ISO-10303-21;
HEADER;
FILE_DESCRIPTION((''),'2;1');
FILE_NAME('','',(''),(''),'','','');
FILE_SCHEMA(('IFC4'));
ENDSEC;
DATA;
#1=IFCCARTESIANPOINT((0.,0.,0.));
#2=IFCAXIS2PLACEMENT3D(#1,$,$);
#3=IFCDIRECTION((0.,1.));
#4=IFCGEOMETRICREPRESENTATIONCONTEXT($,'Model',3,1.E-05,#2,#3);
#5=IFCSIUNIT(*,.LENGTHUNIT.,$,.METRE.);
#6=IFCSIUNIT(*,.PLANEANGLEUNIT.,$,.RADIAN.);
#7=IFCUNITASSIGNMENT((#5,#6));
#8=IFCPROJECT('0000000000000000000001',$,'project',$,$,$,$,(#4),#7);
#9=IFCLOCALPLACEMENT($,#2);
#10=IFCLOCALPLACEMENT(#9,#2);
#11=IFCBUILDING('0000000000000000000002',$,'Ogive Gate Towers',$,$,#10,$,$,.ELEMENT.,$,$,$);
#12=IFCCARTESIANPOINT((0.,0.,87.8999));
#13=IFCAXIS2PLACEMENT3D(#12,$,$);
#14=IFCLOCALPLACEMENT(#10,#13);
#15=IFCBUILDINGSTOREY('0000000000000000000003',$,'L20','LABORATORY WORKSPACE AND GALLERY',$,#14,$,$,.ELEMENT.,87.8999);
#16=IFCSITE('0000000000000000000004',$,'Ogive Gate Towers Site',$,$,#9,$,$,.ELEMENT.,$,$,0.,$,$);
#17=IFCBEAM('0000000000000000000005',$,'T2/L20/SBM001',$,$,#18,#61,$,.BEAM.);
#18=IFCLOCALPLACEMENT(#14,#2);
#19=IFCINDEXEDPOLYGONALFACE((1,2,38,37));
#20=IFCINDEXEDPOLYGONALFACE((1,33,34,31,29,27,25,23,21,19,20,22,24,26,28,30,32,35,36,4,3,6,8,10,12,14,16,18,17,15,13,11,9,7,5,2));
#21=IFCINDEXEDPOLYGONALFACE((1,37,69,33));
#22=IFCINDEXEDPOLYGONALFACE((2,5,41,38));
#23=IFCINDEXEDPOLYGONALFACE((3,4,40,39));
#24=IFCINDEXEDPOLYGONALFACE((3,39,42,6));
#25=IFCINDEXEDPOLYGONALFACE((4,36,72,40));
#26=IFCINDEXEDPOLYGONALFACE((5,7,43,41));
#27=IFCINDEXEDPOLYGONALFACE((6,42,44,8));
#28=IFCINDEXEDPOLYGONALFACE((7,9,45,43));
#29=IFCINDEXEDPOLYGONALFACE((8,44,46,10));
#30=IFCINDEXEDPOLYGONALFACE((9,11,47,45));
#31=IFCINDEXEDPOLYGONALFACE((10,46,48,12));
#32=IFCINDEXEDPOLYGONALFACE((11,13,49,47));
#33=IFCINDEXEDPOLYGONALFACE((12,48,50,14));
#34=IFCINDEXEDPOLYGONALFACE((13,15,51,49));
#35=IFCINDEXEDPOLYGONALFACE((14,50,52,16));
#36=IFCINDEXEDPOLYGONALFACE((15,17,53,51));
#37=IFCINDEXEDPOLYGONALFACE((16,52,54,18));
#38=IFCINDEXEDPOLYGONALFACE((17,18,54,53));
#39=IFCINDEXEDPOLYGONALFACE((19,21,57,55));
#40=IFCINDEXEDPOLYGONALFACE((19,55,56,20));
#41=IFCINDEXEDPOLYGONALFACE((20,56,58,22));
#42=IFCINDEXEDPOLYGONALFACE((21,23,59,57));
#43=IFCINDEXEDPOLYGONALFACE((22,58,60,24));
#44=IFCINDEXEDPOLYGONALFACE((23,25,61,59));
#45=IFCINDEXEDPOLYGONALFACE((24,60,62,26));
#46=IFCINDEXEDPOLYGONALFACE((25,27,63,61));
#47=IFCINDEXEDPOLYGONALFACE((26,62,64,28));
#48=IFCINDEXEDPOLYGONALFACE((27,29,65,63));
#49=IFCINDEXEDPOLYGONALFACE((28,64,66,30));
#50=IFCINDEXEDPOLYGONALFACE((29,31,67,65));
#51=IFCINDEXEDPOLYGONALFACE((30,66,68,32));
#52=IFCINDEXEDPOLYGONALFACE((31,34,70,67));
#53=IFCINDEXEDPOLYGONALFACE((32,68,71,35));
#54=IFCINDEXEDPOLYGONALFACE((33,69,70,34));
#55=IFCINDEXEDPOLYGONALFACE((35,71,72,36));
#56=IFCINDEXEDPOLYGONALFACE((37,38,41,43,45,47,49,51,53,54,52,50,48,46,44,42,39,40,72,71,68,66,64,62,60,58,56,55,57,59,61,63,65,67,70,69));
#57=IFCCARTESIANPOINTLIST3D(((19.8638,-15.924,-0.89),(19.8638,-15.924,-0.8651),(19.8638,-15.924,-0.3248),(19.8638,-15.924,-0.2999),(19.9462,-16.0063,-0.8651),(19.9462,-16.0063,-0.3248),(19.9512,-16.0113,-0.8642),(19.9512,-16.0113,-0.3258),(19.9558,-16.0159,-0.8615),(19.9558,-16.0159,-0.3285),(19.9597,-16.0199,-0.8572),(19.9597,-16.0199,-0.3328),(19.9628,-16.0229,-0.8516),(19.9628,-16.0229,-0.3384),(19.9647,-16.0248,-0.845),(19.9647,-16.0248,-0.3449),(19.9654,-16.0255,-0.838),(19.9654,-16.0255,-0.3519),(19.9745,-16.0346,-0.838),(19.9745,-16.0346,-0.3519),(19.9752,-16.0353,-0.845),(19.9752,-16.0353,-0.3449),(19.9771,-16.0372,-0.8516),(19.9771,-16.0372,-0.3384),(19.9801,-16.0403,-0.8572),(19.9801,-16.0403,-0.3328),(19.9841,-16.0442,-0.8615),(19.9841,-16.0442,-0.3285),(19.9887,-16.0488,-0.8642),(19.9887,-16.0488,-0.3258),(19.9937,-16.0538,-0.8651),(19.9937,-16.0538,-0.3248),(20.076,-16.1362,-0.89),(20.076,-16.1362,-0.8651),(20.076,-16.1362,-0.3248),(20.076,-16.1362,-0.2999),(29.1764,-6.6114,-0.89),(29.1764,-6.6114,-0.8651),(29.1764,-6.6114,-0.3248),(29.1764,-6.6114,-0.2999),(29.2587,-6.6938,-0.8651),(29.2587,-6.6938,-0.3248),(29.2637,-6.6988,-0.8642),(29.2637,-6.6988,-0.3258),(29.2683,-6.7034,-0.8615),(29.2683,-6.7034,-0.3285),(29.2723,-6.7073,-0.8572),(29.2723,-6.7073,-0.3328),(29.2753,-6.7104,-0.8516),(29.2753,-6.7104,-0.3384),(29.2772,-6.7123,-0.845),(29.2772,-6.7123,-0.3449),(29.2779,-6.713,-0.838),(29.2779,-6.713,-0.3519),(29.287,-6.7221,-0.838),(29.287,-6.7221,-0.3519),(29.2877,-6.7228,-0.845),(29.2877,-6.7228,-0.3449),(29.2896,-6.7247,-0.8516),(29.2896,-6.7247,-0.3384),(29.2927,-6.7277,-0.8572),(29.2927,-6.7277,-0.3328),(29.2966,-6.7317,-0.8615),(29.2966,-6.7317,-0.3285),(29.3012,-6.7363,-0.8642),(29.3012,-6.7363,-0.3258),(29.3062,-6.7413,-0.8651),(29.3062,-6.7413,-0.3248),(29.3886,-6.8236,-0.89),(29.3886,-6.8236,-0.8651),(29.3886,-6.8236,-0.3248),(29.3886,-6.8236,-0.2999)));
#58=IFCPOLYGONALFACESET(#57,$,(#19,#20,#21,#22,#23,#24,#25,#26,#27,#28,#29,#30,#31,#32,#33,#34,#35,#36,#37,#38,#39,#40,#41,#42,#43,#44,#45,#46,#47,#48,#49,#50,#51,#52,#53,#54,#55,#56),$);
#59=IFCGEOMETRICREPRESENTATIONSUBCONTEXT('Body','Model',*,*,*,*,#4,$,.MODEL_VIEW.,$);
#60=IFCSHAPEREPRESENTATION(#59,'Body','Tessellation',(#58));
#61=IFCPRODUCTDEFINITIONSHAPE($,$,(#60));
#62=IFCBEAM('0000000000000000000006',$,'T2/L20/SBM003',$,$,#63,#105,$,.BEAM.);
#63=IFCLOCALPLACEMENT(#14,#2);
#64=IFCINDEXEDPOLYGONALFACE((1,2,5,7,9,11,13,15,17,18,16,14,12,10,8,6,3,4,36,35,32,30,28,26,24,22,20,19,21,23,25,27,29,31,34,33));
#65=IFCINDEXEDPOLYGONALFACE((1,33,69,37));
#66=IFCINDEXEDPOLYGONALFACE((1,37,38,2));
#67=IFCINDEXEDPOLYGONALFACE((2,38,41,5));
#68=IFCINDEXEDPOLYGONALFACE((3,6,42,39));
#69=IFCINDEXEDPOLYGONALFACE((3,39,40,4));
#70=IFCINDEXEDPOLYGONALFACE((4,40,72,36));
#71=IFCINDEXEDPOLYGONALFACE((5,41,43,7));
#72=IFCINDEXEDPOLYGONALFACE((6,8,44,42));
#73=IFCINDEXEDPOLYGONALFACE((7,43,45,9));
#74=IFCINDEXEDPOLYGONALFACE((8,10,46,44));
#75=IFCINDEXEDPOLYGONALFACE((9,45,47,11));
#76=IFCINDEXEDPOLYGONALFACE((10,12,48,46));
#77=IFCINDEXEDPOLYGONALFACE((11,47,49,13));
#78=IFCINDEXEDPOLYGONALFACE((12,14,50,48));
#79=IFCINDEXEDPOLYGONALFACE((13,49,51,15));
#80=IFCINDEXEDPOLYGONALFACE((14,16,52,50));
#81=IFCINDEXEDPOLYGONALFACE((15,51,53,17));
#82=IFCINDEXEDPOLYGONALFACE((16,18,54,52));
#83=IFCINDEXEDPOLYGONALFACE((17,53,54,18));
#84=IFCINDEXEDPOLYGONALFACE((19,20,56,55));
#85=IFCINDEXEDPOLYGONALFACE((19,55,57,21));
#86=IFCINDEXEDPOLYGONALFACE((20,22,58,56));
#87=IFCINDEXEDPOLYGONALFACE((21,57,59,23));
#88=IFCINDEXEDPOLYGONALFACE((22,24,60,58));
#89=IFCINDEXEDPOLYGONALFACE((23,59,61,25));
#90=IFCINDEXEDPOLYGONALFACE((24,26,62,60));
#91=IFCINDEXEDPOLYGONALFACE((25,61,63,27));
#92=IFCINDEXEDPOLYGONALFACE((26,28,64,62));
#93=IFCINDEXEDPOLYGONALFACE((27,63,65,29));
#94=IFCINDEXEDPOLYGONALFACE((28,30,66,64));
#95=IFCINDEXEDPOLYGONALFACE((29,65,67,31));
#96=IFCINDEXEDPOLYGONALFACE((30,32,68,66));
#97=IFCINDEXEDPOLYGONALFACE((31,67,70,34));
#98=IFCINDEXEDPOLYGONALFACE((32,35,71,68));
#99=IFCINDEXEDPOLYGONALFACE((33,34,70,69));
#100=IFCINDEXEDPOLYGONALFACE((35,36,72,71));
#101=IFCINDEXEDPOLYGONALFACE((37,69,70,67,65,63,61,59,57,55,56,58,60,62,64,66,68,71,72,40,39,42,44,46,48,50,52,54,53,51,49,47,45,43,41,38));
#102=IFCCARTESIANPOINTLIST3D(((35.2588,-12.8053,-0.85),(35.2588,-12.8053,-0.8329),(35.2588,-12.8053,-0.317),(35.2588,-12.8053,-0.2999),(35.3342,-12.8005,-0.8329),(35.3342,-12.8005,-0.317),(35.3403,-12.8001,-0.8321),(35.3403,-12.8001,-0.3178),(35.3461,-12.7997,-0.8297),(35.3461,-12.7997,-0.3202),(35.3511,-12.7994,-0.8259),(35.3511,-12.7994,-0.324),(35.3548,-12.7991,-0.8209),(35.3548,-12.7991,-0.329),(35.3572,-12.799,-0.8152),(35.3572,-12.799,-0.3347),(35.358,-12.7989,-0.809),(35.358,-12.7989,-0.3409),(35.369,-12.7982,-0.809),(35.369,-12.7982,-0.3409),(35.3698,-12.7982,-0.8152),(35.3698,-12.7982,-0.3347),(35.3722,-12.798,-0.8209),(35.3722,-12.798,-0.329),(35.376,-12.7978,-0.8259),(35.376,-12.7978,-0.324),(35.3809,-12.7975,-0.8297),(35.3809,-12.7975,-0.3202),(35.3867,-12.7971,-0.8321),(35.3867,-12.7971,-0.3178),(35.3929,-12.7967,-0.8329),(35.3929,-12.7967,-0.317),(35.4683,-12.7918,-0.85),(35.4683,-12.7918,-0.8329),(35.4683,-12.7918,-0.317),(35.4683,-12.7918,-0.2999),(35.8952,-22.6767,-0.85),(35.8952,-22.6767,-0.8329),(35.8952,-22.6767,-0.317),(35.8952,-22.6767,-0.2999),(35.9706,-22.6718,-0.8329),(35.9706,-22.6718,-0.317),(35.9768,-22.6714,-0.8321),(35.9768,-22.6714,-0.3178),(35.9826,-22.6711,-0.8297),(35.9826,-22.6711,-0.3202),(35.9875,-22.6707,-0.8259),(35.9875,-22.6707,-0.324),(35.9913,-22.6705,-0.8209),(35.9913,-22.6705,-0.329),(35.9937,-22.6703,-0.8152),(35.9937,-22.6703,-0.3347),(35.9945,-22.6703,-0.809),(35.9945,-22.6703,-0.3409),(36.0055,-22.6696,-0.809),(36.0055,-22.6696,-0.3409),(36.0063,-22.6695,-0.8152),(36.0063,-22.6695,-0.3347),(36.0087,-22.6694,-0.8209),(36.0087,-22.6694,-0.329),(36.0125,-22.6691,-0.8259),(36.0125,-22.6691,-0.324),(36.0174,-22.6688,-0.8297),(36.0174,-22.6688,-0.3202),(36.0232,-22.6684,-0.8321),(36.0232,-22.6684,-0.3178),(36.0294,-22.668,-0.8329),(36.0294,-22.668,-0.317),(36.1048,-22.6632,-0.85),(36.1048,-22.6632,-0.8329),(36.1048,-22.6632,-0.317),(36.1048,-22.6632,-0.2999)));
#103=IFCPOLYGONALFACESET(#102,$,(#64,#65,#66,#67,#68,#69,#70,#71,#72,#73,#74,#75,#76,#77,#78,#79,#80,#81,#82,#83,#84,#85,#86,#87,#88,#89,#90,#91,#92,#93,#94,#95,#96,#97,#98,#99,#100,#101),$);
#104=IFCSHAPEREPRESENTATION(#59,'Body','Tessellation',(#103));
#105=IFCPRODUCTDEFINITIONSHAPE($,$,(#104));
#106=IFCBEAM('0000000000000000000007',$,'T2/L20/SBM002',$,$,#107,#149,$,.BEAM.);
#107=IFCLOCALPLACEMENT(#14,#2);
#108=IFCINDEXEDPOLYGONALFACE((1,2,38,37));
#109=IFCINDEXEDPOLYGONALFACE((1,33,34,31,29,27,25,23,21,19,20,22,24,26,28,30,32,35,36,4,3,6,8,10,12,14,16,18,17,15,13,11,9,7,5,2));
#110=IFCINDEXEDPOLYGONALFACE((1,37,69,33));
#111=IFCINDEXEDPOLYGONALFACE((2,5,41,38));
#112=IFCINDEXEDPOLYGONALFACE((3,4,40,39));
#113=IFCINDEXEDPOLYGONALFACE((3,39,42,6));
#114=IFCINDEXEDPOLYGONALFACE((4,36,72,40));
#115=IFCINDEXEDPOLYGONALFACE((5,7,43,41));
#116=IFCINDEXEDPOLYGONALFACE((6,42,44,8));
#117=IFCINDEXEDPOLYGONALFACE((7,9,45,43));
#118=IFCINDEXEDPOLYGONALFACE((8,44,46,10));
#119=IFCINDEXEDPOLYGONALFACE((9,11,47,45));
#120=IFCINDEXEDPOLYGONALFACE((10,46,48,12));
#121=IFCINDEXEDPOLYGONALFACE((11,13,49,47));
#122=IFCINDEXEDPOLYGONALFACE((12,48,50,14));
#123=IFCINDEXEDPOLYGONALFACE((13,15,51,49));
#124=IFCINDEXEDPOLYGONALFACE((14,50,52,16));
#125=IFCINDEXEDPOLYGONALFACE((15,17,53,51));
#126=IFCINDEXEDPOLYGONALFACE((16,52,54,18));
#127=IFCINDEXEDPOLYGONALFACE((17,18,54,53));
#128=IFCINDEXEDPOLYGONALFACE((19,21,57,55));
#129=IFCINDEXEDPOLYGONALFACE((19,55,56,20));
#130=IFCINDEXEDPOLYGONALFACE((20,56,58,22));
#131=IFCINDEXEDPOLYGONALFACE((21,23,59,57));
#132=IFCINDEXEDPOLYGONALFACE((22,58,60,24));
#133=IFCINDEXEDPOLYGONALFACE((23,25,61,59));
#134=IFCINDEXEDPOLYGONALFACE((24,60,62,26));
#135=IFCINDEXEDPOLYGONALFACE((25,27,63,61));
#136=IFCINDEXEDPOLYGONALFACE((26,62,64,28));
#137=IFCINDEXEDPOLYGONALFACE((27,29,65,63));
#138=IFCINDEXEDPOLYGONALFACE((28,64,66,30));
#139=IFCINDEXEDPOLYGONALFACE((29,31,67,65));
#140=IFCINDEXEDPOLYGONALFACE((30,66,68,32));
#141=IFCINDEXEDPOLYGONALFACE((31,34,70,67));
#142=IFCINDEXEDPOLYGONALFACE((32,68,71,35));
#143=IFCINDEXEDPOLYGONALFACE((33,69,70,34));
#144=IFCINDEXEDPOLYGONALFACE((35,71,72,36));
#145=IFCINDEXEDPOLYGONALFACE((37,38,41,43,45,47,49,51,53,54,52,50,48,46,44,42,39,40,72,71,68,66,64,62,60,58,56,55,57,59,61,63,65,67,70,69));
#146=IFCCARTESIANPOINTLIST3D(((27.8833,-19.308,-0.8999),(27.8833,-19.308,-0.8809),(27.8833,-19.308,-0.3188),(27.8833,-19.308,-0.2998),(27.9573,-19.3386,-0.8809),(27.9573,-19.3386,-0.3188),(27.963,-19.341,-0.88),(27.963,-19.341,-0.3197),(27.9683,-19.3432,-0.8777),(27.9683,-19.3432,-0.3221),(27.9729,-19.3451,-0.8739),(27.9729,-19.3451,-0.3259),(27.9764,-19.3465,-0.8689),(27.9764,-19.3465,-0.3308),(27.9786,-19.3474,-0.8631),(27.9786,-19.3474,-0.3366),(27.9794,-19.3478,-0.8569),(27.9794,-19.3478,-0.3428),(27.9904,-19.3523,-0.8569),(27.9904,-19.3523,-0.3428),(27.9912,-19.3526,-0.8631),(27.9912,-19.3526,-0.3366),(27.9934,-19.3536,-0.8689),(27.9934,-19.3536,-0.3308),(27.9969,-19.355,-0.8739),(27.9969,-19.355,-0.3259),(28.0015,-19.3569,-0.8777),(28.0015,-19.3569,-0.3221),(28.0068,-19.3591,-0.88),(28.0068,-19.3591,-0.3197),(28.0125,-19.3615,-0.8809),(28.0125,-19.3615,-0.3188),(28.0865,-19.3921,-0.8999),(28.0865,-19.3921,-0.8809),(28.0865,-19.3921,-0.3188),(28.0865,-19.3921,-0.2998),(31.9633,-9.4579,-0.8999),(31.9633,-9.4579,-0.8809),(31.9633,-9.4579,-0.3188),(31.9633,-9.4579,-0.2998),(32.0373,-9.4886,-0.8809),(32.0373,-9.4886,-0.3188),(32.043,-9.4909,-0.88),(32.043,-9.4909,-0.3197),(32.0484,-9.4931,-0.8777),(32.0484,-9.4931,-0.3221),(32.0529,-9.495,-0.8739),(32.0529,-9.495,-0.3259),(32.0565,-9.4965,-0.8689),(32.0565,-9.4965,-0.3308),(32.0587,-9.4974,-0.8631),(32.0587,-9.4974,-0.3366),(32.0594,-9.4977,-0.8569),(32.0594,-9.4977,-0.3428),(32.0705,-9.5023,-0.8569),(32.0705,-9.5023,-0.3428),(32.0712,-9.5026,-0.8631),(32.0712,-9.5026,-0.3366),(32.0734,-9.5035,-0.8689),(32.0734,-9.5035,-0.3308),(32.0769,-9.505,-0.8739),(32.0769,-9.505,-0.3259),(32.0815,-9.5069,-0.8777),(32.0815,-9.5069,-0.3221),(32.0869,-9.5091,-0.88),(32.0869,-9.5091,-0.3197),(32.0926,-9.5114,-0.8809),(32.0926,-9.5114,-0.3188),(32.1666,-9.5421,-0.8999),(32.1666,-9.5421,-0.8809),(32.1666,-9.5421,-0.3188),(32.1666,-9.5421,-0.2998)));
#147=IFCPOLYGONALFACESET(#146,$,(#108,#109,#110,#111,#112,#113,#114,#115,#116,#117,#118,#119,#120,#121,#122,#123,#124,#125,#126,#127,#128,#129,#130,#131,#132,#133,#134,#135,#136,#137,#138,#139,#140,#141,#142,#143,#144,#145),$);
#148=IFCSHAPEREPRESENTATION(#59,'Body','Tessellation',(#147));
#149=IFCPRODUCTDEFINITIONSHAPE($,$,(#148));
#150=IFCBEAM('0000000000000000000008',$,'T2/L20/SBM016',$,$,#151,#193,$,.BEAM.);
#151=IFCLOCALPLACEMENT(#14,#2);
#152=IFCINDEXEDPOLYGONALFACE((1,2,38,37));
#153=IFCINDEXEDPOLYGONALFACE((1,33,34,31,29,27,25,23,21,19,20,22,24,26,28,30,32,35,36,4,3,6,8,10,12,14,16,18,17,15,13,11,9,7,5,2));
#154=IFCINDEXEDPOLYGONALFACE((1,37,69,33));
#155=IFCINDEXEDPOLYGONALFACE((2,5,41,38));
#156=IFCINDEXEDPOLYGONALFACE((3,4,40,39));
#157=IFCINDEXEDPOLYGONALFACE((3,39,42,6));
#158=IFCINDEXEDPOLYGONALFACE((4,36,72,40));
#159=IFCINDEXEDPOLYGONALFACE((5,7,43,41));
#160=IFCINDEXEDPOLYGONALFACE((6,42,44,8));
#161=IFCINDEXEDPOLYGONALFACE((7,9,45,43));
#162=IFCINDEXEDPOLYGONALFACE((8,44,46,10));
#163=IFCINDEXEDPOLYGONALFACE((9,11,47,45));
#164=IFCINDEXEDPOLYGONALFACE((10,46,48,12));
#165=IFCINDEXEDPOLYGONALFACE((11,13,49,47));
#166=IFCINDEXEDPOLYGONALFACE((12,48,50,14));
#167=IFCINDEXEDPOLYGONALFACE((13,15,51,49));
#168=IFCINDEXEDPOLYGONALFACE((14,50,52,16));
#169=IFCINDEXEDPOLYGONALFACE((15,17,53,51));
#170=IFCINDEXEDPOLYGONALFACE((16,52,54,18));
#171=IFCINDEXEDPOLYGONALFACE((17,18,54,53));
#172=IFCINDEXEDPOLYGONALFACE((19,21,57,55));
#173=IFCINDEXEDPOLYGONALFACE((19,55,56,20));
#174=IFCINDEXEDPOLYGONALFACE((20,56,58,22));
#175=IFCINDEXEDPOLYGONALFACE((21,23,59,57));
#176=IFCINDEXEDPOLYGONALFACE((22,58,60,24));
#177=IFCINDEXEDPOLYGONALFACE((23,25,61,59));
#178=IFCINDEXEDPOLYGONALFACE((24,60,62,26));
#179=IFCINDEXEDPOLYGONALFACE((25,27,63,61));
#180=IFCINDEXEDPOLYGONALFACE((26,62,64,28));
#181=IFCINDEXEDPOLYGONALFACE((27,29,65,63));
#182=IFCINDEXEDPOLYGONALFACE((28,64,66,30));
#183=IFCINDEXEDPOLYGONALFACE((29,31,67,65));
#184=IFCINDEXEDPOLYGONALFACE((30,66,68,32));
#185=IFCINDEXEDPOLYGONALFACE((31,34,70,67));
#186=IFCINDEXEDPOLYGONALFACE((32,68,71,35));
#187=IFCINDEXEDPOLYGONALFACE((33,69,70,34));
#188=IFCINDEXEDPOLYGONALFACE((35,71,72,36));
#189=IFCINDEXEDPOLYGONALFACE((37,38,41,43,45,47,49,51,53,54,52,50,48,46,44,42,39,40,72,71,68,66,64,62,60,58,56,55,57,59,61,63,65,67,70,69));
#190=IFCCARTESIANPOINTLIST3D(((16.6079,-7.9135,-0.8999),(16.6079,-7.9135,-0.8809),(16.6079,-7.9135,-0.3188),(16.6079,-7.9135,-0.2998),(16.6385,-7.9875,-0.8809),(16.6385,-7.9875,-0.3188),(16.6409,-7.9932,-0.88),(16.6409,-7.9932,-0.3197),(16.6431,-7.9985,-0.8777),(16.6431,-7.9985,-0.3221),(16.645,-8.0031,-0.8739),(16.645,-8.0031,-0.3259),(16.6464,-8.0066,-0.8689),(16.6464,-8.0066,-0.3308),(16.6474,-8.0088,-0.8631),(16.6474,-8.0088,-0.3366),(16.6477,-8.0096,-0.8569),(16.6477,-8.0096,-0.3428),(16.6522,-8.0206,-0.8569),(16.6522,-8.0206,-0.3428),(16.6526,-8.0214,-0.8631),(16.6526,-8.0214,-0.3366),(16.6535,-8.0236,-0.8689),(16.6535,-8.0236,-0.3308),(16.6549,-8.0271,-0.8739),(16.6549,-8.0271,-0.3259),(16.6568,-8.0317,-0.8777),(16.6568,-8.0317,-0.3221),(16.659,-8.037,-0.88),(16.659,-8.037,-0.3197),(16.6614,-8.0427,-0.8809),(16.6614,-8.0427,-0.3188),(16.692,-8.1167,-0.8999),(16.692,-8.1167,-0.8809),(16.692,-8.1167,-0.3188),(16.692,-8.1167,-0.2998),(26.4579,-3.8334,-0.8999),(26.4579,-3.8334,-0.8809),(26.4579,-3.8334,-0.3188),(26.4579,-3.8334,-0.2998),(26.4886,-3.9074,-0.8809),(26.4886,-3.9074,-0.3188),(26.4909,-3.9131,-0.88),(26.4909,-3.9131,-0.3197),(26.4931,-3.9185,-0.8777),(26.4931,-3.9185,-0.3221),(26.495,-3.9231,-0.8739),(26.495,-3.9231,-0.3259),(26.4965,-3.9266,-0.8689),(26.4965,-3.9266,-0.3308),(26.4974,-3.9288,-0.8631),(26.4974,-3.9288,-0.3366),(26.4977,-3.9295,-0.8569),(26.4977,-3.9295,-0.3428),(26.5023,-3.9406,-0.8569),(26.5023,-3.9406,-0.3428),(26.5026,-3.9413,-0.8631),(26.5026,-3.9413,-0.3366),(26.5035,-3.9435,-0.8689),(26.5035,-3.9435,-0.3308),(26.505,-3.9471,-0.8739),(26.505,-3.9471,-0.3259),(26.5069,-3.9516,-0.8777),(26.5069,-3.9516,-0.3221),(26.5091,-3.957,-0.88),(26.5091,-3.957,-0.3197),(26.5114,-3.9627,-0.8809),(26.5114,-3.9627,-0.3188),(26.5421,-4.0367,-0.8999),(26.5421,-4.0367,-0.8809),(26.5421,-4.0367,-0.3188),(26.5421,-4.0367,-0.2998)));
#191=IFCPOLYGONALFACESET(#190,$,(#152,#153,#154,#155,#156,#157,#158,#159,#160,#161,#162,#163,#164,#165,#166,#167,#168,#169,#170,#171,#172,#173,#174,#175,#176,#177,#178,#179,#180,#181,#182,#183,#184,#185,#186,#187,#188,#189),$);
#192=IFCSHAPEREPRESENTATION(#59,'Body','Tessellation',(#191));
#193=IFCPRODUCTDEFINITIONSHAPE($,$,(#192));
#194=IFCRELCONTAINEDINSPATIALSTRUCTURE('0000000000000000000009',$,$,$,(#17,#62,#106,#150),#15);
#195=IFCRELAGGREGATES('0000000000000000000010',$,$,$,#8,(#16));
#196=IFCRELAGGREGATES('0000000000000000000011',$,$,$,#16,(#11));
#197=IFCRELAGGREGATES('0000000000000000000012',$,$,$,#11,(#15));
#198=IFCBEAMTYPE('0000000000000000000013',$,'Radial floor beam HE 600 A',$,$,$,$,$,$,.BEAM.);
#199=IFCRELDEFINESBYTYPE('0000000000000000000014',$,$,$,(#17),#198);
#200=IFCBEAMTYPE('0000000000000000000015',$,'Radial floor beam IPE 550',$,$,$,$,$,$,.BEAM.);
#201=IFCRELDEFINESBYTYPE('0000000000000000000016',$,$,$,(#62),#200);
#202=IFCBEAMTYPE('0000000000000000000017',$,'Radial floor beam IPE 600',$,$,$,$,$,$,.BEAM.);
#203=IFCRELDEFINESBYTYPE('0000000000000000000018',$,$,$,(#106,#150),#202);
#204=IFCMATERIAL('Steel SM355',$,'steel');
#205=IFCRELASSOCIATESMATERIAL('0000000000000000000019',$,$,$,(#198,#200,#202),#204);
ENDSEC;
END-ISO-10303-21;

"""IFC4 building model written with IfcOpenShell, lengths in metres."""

from ifc_helpers import new_model, si_unit, direction, frame, origin, origin_2d, place, context, subcontext, project, spatial, i_section, extrude, material, material_profile, profile_set, type_object, element, save


model = new_model("IFC4")

# Units and contexts
model_context = context("Model", 3, precision=1e-05, world=origin(), true_north=direction((0.0, 1.0)))
body_context = subcontext(model_context, "Body", "Model", "MODEL_VIEW")
ifc_project = project(units=[si_unit("LENGTHUNIT", "METRE"), si_unit("PLANEANGLEUNIT", "RADIAN")], contexts=[model_context])

# Site, building, storey
site_placement = place(None, origin())
site = spatial("IfcSite", under=ifc_project, at=site_placement, Name="Ogive Gate Towers Site", CompositionType="ELEMENT", RefElevation=0.0)
building_placement = place(site_placement, origin())
building = spatial("IfcBuilding", under=site, at=building_placement, Name="Ogive Gate Towers", CompositionType="ELEMENT")
storey_placement = place(building_placement, frame((0.0, 0.0, 87.8999)))
storey = spatial("IfcBuildingStorey", under=building, at=storey_placement, Name="L20", Description="LABORATORY WORKSPACE AND GALLERY", CompositionType="ELEMENT", Elevation=87.8999)

# Beams
ifc_material_1 = material(Name="Steel SM355", Category="steel")
ifc_material_profile_1 = material_profile(ifc_material_1, i_section(OverallWidth=0.3, OverallDepth=0.5901, WebThickness=0.0129, FlangeThickness=0.0249, FilletRadius=0.0271, at=origin_2d()), Name="HE 600 A")
ifc_profile_set_1 = profile_set([ifc_material_profile_1], Name="Steel SM355")
beam_type_1 = type_object("IfcBeamType", Name="Radial floor beam HE 600 A", PredefinedType="BEAM", material=ifc_profile_set_1)
beam_1_placement = place(storey_placement, frame((29.2825, -6.7175, -0.595), z_axis=(-0.707107, -0.707107, 0.0), x_axis=(0.707107, -0.707107, 0.0)))
element("IfcBeam", 1, at=beam_1_placement, inside=storey, type_object=beam_type_1, Name="T2/L20/SBM001", PredefinedType="BEAM", context=body_context, shape_type="SweptSolid", body=[
    extrude(i_section(OverallWidth=0.3, OverallDepth=0.5901, WebThickness=0.0129, FlangeThickness=0.0249, FilletRadius=0.0271, at=origin_2d()), origin(), (0.0, 0.0, 1.0), 13.1699),
])
ifc_material_profile_2 = material_profile(ifc_material_1, i_section(OverallWidth=0.21, OverallDepth=0.55, WebThickness=0.011, FlangeThickness=0.0171, FilletRadius=0.0239, at=origin_2d()), Name="IPE 550")
ifc_profile_set_2 = profile_set([ifc_material_profile_2], Name="Steel SM355")
beam_type_2 = type_object("IfcBeamType", Name="Radial floor beam IPE 550", PredefinedType="BEAM", material=ifc_profile_set_2)
beam_2_placement = place(storey_placement, frame((35.3635, -12.7986, -0.575), z_axis=(0.064343, -0.997928, 0.0), x_axis=(0.997928, 0.064343, 0.0)))
element("IfcBeam", 2, at=beam_2_placement, inside=storey, type_object=beam_type_2, Name="T2/L20/SBM003", PredefinedType="BEAM", context=body_context, shape_type="SweptSolid", body=[
    extrude(i_section(OverallWidth=0.21, OverallDepth=0.55, WebThickness=0.011, FlangeThickness=0.0171, FilletRadius=0.0239, at=origin_2d()), origin(), (0.0, 0.0, 1.0), 9.8918),
])
ifc_material_profile_3 = material_profile(ifc_material_1, i_section(OverallWidth=0.22, OverallDepth=0.6001, WebThickness=0.012, FlangeThickness=0.019, FilletRadius=0.0239, at=origin_2d()), Name="IPE 600")
ifc_profile_set_3 = profile_set([ifc_material_profile_3], Name="Steel SM355")
beam_type_3 = type_object("IfcBeamType", Name="Radial floor beam IPE 600", PredefinedType="BEAM", material=ifc_profile_set_3)
for number, where, z_axis, x_axis, name in (
    (3, (32.0649, -9.5, -0.5999), (-0.382686, -0.923878, 0.0), (0.923878, -0.382686, 0.0), "T2/L20/SBM002"),
    (4, (26.5, -3.9351, -0.5999), (-0.923878, -0.382686, 0.0), (0.382686, -0.923878, 0.0), "T2/L20/SBM016"),
):
    element("IfcBeam", number, at=place(storey_placement, frame(where, z_axis=z_axis, x_axis=x_axis)), inside=storey, type_object=beam_type_3, Name=name, PredefinedType="BEAM", context=body_context, shape_type="SweptSolid", body=[
        extrude(i_section(OverallWidth=0.22, OverallDepth=0.6001, WebThickness=0.012, FlangeThickness=0.019, FilletRadius=0.0239, at=origin_2d()), origin(), (0.0, 0.0, 1.0), 10.6616),
    ])

save(model, "model.ifc")
